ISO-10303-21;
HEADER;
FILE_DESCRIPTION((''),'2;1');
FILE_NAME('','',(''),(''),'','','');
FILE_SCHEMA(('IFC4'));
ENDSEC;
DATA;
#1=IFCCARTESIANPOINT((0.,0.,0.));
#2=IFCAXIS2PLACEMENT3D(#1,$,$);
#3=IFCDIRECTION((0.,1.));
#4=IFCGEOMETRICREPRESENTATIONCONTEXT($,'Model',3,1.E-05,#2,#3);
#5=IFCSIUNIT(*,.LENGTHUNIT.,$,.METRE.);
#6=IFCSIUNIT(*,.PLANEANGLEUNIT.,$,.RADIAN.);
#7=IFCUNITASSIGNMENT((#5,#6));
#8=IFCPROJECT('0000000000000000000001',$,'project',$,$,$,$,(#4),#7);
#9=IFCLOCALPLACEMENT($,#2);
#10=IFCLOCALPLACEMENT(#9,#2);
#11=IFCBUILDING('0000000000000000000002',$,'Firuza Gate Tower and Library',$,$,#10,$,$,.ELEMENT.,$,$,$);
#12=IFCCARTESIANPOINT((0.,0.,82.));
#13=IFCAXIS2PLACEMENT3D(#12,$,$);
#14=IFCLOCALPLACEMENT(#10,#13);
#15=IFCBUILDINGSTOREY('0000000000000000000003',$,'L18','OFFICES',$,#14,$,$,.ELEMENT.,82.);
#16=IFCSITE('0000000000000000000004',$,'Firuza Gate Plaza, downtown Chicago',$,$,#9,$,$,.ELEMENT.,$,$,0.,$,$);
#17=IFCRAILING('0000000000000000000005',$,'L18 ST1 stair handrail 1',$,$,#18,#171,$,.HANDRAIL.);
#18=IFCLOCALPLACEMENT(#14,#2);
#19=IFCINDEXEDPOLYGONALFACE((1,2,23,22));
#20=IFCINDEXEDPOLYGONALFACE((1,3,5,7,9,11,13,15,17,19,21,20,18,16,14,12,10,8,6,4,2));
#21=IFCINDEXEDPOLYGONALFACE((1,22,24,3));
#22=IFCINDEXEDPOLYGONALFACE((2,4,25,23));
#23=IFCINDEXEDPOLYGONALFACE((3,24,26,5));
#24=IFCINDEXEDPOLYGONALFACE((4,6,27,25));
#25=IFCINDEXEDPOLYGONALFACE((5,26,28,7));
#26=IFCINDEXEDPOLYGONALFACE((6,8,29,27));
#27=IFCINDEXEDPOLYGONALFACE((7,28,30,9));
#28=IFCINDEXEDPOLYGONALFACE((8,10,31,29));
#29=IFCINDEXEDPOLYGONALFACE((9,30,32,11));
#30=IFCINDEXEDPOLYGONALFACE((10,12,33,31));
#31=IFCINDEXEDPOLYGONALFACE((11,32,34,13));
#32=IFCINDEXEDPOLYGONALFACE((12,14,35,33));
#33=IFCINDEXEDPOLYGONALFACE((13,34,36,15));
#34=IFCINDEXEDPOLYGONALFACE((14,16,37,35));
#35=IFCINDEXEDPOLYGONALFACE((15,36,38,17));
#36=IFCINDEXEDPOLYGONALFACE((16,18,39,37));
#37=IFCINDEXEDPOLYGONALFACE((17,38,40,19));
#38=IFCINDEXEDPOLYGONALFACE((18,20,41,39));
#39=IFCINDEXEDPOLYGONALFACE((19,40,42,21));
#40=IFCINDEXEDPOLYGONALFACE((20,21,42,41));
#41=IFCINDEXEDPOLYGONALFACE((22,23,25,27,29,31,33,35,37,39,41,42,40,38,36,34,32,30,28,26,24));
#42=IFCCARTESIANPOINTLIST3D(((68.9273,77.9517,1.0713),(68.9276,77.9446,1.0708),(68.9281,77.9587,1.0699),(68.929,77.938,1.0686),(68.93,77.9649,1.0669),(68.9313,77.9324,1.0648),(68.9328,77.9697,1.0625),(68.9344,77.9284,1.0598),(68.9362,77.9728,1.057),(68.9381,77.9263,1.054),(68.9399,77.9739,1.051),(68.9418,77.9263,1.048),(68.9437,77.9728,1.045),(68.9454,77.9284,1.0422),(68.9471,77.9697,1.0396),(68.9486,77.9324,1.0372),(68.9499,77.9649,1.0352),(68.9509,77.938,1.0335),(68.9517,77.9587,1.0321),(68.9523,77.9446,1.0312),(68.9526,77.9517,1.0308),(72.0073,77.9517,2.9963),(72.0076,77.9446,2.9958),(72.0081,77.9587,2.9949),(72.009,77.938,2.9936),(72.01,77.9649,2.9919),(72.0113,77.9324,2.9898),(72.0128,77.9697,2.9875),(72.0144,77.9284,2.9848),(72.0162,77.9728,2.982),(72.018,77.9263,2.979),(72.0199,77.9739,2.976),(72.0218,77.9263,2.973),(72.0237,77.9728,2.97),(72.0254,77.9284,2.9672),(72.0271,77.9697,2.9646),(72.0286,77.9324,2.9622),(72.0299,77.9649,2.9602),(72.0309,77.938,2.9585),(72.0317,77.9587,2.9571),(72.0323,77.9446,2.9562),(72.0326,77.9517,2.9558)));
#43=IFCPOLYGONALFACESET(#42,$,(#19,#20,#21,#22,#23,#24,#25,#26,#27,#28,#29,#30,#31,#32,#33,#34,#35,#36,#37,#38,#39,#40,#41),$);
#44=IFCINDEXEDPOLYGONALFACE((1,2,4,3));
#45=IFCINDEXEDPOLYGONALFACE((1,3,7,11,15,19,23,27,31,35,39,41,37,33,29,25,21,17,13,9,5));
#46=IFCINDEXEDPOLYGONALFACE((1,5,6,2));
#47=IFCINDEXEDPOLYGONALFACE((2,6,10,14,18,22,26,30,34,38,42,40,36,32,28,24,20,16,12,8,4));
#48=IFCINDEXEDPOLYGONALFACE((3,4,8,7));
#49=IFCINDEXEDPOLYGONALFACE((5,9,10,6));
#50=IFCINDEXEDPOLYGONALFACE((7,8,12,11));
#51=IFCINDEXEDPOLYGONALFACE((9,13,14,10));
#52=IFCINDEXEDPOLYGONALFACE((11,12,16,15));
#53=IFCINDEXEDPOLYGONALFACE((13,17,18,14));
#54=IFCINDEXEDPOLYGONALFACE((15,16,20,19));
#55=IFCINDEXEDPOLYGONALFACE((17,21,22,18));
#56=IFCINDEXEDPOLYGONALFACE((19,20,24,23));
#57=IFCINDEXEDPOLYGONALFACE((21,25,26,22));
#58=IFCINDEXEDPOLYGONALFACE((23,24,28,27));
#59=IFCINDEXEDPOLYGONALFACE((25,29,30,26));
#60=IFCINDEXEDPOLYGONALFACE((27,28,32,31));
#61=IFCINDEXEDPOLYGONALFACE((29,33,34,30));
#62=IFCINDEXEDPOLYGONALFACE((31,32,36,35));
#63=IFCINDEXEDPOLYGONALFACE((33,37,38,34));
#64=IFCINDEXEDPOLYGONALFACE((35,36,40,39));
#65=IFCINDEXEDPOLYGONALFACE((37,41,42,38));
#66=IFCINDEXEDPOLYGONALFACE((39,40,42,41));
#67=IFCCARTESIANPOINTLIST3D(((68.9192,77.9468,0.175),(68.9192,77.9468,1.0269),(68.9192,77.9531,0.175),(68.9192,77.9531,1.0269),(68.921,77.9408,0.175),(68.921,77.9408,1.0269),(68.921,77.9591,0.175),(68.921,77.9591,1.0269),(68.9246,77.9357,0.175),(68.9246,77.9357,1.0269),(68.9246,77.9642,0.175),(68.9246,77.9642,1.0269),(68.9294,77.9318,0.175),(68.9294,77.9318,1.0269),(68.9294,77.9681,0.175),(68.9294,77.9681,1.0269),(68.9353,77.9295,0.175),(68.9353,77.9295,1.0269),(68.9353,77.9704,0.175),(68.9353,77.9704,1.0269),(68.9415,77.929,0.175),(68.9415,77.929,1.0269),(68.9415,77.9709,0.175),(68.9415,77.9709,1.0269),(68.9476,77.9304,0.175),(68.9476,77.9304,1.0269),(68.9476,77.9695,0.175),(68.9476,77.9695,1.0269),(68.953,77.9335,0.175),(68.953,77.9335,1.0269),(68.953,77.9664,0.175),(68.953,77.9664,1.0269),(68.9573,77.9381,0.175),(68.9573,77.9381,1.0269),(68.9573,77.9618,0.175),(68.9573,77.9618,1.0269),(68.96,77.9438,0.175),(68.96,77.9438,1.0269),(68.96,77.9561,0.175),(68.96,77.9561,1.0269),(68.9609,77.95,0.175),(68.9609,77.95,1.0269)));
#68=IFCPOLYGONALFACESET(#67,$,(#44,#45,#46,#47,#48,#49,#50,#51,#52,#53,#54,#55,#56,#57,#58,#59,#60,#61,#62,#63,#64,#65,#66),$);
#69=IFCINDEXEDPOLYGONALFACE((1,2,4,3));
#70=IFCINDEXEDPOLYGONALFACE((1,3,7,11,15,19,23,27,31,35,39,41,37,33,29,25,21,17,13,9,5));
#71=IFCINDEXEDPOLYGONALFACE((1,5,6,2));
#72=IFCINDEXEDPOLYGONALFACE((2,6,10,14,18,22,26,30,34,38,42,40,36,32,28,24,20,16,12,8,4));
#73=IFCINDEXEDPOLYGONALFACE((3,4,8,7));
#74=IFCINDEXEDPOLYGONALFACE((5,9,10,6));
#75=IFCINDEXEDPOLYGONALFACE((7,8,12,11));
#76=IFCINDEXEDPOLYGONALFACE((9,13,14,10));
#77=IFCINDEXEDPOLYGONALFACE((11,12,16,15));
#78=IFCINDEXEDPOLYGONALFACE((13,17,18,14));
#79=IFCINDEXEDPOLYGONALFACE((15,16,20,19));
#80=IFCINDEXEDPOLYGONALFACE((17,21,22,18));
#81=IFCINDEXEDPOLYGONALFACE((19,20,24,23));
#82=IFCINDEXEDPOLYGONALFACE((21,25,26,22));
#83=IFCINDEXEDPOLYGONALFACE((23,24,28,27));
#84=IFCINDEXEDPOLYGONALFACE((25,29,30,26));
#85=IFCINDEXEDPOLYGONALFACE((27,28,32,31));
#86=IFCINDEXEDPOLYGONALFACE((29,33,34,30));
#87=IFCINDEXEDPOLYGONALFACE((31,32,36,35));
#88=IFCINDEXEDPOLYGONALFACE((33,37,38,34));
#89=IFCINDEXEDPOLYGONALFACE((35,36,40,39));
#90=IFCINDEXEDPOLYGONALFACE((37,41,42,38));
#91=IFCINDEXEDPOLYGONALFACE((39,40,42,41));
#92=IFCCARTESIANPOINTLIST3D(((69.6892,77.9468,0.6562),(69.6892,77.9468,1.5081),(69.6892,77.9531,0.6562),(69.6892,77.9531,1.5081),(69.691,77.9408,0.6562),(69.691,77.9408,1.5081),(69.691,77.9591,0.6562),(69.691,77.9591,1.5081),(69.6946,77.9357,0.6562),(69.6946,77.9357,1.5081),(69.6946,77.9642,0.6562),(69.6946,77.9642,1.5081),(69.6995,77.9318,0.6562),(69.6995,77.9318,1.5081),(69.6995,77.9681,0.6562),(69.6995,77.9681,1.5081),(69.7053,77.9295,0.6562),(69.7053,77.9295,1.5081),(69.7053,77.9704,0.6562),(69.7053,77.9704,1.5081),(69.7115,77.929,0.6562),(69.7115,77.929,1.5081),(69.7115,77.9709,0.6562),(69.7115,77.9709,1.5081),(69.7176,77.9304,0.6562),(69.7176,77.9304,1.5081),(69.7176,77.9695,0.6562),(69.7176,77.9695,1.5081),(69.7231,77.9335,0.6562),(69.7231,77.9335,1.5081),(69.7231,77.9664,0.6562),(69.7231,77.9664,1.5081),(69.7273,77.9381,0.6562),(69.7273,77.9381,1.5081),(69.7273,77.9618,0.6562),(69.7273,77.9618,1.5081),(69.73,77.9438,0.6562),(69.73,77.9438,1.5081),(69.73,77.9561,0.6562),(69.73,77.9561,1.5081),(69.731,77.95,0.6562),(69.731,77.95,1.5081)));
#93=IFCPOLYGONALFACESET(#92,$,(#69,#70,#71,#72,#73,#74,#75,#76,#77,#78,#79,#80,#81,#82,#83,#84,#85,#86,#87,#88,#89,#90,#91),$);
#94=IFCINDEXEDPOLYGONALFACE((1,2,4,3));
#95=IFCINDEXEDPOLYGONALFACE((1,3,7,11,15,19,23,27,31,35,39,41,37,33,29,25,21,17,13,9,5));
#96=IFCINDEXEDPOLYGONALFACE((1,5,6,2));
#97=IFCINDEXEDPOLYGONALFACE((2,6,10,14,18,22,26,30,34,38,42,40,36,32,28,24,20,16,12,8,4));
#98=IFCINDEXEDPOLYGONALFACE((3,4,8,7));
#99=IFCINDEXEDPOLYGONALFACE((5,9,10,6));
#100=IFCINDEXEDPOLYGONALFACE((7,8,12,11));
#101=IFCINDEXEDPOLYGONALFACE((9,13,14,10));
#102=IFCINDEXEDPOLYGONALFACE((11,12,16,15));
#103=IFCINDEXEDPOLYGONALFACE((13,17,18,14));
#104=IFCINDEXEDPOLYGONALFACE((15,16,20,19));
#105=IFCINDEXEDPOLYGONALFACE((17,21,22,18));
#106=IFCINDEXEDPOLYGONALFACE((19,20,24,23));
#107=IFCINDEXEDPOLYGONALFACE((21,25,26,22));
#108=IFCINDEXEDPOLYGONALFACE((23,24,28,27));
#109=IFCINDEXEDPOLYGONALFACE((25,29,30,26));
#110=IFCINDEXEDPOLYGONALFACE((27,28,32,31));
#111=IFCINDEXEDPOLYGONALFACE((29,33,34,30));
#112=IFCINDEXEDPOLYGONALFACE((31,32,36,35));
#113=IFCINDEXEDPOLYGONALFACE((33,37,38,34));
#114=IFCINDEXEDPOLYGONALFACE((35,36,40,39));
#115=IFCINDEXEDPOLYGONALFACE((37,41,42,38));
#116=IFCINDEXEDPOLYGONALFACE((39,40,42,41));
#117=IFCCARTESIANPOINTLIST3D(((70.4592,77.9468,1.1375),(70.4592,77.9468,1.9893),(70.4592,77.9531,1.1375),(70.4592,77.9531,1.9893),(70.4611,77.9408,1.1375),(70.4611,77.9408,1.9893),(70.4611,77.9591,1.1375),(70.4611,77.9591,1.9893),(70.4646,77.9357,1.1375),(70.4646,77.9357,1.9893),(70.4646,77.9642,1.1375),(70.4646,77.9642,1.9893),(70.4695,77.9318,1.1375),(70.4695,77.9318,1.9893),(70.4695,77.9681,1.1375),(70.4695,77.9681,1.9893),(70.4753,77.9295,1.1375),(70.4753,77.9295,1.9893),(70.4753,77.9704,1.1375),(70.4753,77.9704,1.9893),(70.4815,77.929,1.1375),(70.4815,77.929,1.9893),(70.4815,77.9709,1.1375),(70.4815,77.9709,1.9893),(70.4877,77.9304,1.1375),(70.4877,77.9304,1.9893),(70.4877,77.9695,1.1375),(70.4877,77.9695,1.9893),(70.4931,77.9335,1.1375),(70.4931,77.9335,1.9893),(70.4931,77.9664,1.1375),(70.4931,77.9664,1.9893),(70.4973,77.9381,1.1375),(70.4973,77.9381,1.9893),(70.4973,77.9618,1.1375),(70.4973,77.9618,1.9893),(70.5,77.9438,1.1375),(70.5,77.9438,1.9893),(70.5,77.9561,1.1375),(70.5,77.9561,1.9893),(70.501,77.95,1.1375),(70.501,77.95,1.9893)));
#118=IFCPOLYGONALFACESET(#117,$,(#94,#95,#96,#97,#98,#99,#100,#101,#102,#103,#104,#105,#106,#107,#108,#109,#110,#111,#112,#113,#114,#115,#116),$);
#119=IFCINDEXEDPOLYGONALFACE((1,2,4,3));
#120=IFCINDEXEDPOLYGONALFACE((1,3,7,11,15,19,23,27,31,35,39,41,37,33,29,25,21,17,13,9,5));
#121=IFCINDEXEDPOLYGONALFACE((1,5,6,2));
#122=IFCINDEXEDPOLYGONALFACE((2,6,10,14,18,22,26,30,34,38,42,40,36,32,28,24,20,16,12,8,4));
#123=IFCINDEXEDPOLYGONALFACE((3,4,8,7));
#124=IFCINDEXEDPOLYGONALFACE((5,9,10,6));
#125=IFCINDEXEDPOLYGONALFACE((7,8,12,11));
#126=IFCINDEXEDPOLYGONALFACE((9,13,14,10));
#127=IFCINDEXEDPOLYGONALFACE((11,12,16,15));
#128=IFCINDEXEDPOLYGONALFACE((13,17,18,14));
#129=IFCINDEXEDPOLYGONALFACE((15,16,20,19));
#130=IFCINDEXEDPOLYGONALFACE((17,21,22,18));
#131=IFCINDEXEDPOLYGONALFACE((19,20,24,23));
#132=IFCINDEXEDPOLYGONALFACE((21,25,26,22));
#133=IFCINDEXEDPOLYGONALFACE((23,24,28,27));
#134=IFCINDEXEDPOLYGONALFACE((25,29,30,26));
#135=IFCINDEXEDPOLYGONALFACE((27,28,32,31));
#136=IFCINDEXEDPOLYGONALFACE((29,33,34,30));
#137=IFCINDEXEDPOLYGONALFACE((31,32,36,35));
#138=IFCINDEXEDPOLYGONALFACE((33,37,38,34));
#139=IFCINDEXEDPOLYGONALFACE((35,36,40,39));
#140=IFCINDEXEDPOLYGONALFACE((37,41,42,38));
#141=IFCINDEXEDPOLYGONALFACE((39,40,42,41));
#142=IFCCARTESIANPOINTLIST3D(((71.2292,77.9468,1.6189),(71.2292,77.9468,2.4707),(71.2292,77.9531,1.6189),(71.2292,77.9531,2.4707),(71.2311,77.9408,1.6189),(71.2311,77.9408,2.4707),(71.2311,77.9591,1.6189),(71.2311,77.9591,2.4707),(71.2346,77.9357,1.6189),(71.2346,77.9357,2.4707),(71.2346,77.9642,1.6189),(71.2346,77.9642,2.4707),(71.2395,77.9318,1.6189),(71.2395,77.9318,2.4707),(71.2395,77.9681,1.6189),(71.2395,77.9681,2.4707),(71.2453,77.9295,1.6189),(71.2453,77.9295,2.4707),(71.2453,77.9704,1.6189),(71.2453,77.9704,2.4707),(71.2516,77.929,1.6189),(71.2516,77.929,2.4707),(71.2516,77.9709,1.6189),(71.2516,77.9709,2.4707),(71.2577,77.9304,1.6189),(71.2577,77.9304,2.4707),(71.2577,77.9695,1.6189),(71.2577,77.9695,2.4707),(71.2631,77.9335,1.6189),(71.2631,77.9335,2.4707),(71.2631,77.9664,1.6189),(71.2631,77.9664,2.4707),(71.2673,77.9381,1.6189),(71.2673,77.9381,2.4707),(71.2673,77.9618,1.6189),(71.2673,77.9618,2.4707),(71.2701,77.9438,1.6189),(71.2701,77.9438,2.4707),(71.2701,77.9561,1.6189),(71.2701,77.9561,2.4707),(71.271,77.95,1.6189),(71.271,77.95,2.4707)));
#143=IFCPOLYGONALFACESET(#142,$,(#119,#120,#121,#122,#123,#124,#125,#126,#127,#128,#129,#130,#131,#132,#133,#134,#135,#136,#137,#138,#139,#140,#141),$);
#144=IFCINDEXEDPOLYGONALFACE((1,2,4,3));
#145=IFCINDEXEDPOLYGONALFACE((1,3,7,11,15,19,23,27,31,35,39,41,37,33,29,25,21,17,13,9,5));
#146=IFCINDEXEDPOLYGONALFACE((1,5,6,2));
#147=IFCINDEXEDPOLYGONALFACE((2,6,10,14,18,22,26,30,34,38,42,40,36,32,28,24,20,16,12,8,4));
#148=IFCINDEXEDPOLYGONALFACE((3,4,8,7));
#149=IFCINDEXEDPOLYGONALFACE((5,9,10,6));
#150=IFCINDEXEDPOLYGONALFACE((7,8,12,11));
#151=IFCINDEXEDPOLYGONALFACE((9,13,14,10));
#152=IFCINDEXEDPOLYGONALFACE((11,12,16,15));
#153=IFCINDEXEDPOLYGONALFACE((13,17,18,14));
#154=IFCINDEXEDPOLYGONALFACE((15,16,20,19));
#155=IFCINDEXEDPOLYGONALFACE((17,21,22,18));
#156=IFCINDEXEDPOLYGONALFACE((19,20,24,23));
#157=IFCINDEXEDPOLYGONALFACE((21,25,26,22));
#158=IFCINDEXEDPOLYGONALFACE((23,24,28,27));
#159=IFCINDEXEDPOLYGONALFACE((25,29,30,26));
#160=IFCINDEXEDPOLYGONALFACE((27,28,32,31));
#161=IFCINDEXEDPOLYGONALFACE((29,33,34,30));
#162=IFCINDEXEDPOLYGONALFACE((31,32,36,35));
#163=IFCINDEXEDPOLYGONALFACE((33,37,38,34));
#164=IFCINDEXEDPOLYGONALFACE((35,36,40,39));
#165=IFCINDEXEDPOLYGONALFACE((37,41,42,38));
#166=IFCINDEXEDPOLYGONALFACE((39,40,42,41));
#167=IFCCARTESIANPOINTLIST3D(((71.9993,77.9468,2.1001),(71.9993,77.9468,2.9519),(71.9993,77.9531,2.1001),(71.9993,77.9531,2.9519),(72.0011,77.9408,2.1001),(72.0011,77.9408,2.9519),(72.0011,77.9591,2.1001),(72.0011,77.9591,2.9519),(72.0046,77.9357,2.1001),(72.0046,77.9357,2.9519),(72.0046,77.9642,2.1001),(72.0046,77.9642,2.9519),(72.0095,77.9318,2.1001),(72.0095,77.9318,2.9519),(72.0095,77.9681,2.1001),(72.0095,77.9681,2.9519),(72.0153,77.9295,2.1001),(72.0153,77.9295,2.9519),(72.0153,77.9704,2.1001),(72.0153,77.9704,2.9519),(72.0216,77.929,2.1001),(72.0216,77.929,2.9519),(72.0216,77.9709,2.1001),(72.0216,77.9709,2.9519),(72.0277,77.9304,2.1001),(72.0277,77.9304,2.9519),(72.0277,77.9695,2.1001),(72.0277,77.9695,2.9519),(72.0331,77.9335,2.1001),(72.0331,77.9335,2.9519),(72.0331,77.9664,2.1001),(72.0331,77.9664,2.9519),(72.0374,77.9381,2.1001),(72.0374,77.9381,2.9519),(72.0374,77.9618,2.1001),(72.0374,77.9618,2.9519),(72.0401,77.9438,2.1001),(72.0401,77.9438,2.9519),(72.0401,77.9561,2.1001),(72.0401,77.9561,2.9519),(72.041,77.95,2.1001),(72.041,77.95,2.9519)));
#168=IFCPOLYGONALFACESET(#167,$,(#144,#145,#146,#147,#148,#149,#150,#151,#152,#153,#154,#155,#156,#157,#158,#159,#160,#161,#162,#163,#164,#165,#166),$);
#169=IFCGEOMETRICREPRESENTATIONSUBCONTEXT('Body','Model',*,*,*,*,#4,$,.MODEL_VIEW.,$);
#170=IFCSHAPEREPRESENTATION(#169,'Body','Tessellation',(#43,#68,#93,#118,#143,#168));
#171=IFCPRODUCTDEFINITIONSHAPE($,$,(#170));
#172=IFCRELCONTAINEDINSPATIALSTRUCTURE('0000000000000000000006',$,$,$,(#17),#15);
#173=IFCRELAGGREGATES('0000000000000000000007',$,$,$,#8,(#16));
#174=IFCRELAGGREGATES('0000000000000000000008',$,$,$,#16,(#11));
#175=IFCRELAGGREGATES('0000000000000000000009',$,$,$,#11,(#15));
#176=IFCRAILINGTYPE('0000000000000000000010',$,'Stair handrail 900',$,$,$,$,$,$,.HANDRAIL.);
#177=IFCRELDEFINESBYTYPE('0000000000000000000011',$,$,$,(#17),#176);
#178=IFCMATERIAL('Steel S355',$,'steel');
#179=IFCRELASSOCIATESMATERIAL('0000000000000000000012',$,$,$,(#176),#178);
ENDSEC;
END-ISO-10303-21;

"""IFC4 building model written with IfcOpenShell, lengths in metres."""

from ifc_helpers import new_model, si_unit, direction, frame, origin, origin_2d, place, context, subcontext, project, spatial, circle, extrude, material, type_object, element, save


model = new_model("IFC4")

# Units and contexts
model_context = context("Model", 3, precision=1e-05, world=origin(), true_north=direction((0.0, 1.0)))
body_context = subcontext(model_context, "Body", "Model", "MODEL_VIEW")
ifc_project = project(units=[si_unit("LENGTHUNIT", "METRE"), si_unit("PLANEANGLEUNIT", "RADIAN")], contexts=[model_context])

# Site, building, storey
site_placement = place(None, origin())
site = spatial("IfcSite", under=ifc_project, at=site_placement, Name="Firuza Gate Plaza, downtown Chicago", CompositionType="ELEMENT", RefElevation=0.0)
building_placement = place(site_placement, origin())
building = spatial("IfcBuilding", under=site, at=building_placement, Name="Firuza Gate Tower and Library", CompositionType="ELEMENT")
storey_placement = place(building_placement, frame((0.0, 0.0, 82.0)))
storey = spatial("IfcBuildingStorey", under=building, at=storey_placement, Name="L18", Description="OFFICES", CompositionType="ELEMENT", Elevation=82.0)

# Railing
ifc_material_1 = material(Name="Steel S355", Category="steel")
railing_type_1 = type_object("IfcRailingType", Name="Stair handrail 900", PredefinedType="HANDRAIL", material=ifc_material_1)
railing_1_placement = place(storey_placement, frame((68.9399, 77.95, 0.175)))
element("IfcRailing", 1, at=railing_1_placement, inside=storey, type_object=railing_type_1, Name="L18 ST1 stair handrail 1", PredefinedType="HANDRAIL", context=body_context, shape_type="SweptSolid", body=[
    extrude(circle(Radius=0.0239, at=origin_2d()), frame((0.0, 0.0, 0.876), z_axis=(0.847998, 0.0, 0.529999), x_axis=(0.0, 1.0, 0.0)), (0.0, 0.0, 1.0), 3.6321),
    extrude(circle(Radius=0.021, at=origin_2d()), origin(), (0.0, 0.0, 1.0), 0.8518),
    extrude(circle(Radius=0.021, at=origin_2d()), frame((0.77, 0.0, 0.4812)), (0.0, 0.0, 1.0), 0.8518),
    extrude(circle(Radius=0.021, at=origin_2d()), frame((1.54, 0.0, 0.9624)), (0.0, 0.0, 1.0), 0.8518),
    extrude(circle(Radius=0.021, at=origin_2d()), frame((2.3101, 0.0, 1.4438)), (0.0, 0.0, 1.0), 0.8518),
    extrude(circle(Radius=0.021, at=origin_2d()), frame((3.0801, 0.0, 1.925)), (0.0, 0.0, 1.0), 0.8518),
])

save(model, "model.ifc")
